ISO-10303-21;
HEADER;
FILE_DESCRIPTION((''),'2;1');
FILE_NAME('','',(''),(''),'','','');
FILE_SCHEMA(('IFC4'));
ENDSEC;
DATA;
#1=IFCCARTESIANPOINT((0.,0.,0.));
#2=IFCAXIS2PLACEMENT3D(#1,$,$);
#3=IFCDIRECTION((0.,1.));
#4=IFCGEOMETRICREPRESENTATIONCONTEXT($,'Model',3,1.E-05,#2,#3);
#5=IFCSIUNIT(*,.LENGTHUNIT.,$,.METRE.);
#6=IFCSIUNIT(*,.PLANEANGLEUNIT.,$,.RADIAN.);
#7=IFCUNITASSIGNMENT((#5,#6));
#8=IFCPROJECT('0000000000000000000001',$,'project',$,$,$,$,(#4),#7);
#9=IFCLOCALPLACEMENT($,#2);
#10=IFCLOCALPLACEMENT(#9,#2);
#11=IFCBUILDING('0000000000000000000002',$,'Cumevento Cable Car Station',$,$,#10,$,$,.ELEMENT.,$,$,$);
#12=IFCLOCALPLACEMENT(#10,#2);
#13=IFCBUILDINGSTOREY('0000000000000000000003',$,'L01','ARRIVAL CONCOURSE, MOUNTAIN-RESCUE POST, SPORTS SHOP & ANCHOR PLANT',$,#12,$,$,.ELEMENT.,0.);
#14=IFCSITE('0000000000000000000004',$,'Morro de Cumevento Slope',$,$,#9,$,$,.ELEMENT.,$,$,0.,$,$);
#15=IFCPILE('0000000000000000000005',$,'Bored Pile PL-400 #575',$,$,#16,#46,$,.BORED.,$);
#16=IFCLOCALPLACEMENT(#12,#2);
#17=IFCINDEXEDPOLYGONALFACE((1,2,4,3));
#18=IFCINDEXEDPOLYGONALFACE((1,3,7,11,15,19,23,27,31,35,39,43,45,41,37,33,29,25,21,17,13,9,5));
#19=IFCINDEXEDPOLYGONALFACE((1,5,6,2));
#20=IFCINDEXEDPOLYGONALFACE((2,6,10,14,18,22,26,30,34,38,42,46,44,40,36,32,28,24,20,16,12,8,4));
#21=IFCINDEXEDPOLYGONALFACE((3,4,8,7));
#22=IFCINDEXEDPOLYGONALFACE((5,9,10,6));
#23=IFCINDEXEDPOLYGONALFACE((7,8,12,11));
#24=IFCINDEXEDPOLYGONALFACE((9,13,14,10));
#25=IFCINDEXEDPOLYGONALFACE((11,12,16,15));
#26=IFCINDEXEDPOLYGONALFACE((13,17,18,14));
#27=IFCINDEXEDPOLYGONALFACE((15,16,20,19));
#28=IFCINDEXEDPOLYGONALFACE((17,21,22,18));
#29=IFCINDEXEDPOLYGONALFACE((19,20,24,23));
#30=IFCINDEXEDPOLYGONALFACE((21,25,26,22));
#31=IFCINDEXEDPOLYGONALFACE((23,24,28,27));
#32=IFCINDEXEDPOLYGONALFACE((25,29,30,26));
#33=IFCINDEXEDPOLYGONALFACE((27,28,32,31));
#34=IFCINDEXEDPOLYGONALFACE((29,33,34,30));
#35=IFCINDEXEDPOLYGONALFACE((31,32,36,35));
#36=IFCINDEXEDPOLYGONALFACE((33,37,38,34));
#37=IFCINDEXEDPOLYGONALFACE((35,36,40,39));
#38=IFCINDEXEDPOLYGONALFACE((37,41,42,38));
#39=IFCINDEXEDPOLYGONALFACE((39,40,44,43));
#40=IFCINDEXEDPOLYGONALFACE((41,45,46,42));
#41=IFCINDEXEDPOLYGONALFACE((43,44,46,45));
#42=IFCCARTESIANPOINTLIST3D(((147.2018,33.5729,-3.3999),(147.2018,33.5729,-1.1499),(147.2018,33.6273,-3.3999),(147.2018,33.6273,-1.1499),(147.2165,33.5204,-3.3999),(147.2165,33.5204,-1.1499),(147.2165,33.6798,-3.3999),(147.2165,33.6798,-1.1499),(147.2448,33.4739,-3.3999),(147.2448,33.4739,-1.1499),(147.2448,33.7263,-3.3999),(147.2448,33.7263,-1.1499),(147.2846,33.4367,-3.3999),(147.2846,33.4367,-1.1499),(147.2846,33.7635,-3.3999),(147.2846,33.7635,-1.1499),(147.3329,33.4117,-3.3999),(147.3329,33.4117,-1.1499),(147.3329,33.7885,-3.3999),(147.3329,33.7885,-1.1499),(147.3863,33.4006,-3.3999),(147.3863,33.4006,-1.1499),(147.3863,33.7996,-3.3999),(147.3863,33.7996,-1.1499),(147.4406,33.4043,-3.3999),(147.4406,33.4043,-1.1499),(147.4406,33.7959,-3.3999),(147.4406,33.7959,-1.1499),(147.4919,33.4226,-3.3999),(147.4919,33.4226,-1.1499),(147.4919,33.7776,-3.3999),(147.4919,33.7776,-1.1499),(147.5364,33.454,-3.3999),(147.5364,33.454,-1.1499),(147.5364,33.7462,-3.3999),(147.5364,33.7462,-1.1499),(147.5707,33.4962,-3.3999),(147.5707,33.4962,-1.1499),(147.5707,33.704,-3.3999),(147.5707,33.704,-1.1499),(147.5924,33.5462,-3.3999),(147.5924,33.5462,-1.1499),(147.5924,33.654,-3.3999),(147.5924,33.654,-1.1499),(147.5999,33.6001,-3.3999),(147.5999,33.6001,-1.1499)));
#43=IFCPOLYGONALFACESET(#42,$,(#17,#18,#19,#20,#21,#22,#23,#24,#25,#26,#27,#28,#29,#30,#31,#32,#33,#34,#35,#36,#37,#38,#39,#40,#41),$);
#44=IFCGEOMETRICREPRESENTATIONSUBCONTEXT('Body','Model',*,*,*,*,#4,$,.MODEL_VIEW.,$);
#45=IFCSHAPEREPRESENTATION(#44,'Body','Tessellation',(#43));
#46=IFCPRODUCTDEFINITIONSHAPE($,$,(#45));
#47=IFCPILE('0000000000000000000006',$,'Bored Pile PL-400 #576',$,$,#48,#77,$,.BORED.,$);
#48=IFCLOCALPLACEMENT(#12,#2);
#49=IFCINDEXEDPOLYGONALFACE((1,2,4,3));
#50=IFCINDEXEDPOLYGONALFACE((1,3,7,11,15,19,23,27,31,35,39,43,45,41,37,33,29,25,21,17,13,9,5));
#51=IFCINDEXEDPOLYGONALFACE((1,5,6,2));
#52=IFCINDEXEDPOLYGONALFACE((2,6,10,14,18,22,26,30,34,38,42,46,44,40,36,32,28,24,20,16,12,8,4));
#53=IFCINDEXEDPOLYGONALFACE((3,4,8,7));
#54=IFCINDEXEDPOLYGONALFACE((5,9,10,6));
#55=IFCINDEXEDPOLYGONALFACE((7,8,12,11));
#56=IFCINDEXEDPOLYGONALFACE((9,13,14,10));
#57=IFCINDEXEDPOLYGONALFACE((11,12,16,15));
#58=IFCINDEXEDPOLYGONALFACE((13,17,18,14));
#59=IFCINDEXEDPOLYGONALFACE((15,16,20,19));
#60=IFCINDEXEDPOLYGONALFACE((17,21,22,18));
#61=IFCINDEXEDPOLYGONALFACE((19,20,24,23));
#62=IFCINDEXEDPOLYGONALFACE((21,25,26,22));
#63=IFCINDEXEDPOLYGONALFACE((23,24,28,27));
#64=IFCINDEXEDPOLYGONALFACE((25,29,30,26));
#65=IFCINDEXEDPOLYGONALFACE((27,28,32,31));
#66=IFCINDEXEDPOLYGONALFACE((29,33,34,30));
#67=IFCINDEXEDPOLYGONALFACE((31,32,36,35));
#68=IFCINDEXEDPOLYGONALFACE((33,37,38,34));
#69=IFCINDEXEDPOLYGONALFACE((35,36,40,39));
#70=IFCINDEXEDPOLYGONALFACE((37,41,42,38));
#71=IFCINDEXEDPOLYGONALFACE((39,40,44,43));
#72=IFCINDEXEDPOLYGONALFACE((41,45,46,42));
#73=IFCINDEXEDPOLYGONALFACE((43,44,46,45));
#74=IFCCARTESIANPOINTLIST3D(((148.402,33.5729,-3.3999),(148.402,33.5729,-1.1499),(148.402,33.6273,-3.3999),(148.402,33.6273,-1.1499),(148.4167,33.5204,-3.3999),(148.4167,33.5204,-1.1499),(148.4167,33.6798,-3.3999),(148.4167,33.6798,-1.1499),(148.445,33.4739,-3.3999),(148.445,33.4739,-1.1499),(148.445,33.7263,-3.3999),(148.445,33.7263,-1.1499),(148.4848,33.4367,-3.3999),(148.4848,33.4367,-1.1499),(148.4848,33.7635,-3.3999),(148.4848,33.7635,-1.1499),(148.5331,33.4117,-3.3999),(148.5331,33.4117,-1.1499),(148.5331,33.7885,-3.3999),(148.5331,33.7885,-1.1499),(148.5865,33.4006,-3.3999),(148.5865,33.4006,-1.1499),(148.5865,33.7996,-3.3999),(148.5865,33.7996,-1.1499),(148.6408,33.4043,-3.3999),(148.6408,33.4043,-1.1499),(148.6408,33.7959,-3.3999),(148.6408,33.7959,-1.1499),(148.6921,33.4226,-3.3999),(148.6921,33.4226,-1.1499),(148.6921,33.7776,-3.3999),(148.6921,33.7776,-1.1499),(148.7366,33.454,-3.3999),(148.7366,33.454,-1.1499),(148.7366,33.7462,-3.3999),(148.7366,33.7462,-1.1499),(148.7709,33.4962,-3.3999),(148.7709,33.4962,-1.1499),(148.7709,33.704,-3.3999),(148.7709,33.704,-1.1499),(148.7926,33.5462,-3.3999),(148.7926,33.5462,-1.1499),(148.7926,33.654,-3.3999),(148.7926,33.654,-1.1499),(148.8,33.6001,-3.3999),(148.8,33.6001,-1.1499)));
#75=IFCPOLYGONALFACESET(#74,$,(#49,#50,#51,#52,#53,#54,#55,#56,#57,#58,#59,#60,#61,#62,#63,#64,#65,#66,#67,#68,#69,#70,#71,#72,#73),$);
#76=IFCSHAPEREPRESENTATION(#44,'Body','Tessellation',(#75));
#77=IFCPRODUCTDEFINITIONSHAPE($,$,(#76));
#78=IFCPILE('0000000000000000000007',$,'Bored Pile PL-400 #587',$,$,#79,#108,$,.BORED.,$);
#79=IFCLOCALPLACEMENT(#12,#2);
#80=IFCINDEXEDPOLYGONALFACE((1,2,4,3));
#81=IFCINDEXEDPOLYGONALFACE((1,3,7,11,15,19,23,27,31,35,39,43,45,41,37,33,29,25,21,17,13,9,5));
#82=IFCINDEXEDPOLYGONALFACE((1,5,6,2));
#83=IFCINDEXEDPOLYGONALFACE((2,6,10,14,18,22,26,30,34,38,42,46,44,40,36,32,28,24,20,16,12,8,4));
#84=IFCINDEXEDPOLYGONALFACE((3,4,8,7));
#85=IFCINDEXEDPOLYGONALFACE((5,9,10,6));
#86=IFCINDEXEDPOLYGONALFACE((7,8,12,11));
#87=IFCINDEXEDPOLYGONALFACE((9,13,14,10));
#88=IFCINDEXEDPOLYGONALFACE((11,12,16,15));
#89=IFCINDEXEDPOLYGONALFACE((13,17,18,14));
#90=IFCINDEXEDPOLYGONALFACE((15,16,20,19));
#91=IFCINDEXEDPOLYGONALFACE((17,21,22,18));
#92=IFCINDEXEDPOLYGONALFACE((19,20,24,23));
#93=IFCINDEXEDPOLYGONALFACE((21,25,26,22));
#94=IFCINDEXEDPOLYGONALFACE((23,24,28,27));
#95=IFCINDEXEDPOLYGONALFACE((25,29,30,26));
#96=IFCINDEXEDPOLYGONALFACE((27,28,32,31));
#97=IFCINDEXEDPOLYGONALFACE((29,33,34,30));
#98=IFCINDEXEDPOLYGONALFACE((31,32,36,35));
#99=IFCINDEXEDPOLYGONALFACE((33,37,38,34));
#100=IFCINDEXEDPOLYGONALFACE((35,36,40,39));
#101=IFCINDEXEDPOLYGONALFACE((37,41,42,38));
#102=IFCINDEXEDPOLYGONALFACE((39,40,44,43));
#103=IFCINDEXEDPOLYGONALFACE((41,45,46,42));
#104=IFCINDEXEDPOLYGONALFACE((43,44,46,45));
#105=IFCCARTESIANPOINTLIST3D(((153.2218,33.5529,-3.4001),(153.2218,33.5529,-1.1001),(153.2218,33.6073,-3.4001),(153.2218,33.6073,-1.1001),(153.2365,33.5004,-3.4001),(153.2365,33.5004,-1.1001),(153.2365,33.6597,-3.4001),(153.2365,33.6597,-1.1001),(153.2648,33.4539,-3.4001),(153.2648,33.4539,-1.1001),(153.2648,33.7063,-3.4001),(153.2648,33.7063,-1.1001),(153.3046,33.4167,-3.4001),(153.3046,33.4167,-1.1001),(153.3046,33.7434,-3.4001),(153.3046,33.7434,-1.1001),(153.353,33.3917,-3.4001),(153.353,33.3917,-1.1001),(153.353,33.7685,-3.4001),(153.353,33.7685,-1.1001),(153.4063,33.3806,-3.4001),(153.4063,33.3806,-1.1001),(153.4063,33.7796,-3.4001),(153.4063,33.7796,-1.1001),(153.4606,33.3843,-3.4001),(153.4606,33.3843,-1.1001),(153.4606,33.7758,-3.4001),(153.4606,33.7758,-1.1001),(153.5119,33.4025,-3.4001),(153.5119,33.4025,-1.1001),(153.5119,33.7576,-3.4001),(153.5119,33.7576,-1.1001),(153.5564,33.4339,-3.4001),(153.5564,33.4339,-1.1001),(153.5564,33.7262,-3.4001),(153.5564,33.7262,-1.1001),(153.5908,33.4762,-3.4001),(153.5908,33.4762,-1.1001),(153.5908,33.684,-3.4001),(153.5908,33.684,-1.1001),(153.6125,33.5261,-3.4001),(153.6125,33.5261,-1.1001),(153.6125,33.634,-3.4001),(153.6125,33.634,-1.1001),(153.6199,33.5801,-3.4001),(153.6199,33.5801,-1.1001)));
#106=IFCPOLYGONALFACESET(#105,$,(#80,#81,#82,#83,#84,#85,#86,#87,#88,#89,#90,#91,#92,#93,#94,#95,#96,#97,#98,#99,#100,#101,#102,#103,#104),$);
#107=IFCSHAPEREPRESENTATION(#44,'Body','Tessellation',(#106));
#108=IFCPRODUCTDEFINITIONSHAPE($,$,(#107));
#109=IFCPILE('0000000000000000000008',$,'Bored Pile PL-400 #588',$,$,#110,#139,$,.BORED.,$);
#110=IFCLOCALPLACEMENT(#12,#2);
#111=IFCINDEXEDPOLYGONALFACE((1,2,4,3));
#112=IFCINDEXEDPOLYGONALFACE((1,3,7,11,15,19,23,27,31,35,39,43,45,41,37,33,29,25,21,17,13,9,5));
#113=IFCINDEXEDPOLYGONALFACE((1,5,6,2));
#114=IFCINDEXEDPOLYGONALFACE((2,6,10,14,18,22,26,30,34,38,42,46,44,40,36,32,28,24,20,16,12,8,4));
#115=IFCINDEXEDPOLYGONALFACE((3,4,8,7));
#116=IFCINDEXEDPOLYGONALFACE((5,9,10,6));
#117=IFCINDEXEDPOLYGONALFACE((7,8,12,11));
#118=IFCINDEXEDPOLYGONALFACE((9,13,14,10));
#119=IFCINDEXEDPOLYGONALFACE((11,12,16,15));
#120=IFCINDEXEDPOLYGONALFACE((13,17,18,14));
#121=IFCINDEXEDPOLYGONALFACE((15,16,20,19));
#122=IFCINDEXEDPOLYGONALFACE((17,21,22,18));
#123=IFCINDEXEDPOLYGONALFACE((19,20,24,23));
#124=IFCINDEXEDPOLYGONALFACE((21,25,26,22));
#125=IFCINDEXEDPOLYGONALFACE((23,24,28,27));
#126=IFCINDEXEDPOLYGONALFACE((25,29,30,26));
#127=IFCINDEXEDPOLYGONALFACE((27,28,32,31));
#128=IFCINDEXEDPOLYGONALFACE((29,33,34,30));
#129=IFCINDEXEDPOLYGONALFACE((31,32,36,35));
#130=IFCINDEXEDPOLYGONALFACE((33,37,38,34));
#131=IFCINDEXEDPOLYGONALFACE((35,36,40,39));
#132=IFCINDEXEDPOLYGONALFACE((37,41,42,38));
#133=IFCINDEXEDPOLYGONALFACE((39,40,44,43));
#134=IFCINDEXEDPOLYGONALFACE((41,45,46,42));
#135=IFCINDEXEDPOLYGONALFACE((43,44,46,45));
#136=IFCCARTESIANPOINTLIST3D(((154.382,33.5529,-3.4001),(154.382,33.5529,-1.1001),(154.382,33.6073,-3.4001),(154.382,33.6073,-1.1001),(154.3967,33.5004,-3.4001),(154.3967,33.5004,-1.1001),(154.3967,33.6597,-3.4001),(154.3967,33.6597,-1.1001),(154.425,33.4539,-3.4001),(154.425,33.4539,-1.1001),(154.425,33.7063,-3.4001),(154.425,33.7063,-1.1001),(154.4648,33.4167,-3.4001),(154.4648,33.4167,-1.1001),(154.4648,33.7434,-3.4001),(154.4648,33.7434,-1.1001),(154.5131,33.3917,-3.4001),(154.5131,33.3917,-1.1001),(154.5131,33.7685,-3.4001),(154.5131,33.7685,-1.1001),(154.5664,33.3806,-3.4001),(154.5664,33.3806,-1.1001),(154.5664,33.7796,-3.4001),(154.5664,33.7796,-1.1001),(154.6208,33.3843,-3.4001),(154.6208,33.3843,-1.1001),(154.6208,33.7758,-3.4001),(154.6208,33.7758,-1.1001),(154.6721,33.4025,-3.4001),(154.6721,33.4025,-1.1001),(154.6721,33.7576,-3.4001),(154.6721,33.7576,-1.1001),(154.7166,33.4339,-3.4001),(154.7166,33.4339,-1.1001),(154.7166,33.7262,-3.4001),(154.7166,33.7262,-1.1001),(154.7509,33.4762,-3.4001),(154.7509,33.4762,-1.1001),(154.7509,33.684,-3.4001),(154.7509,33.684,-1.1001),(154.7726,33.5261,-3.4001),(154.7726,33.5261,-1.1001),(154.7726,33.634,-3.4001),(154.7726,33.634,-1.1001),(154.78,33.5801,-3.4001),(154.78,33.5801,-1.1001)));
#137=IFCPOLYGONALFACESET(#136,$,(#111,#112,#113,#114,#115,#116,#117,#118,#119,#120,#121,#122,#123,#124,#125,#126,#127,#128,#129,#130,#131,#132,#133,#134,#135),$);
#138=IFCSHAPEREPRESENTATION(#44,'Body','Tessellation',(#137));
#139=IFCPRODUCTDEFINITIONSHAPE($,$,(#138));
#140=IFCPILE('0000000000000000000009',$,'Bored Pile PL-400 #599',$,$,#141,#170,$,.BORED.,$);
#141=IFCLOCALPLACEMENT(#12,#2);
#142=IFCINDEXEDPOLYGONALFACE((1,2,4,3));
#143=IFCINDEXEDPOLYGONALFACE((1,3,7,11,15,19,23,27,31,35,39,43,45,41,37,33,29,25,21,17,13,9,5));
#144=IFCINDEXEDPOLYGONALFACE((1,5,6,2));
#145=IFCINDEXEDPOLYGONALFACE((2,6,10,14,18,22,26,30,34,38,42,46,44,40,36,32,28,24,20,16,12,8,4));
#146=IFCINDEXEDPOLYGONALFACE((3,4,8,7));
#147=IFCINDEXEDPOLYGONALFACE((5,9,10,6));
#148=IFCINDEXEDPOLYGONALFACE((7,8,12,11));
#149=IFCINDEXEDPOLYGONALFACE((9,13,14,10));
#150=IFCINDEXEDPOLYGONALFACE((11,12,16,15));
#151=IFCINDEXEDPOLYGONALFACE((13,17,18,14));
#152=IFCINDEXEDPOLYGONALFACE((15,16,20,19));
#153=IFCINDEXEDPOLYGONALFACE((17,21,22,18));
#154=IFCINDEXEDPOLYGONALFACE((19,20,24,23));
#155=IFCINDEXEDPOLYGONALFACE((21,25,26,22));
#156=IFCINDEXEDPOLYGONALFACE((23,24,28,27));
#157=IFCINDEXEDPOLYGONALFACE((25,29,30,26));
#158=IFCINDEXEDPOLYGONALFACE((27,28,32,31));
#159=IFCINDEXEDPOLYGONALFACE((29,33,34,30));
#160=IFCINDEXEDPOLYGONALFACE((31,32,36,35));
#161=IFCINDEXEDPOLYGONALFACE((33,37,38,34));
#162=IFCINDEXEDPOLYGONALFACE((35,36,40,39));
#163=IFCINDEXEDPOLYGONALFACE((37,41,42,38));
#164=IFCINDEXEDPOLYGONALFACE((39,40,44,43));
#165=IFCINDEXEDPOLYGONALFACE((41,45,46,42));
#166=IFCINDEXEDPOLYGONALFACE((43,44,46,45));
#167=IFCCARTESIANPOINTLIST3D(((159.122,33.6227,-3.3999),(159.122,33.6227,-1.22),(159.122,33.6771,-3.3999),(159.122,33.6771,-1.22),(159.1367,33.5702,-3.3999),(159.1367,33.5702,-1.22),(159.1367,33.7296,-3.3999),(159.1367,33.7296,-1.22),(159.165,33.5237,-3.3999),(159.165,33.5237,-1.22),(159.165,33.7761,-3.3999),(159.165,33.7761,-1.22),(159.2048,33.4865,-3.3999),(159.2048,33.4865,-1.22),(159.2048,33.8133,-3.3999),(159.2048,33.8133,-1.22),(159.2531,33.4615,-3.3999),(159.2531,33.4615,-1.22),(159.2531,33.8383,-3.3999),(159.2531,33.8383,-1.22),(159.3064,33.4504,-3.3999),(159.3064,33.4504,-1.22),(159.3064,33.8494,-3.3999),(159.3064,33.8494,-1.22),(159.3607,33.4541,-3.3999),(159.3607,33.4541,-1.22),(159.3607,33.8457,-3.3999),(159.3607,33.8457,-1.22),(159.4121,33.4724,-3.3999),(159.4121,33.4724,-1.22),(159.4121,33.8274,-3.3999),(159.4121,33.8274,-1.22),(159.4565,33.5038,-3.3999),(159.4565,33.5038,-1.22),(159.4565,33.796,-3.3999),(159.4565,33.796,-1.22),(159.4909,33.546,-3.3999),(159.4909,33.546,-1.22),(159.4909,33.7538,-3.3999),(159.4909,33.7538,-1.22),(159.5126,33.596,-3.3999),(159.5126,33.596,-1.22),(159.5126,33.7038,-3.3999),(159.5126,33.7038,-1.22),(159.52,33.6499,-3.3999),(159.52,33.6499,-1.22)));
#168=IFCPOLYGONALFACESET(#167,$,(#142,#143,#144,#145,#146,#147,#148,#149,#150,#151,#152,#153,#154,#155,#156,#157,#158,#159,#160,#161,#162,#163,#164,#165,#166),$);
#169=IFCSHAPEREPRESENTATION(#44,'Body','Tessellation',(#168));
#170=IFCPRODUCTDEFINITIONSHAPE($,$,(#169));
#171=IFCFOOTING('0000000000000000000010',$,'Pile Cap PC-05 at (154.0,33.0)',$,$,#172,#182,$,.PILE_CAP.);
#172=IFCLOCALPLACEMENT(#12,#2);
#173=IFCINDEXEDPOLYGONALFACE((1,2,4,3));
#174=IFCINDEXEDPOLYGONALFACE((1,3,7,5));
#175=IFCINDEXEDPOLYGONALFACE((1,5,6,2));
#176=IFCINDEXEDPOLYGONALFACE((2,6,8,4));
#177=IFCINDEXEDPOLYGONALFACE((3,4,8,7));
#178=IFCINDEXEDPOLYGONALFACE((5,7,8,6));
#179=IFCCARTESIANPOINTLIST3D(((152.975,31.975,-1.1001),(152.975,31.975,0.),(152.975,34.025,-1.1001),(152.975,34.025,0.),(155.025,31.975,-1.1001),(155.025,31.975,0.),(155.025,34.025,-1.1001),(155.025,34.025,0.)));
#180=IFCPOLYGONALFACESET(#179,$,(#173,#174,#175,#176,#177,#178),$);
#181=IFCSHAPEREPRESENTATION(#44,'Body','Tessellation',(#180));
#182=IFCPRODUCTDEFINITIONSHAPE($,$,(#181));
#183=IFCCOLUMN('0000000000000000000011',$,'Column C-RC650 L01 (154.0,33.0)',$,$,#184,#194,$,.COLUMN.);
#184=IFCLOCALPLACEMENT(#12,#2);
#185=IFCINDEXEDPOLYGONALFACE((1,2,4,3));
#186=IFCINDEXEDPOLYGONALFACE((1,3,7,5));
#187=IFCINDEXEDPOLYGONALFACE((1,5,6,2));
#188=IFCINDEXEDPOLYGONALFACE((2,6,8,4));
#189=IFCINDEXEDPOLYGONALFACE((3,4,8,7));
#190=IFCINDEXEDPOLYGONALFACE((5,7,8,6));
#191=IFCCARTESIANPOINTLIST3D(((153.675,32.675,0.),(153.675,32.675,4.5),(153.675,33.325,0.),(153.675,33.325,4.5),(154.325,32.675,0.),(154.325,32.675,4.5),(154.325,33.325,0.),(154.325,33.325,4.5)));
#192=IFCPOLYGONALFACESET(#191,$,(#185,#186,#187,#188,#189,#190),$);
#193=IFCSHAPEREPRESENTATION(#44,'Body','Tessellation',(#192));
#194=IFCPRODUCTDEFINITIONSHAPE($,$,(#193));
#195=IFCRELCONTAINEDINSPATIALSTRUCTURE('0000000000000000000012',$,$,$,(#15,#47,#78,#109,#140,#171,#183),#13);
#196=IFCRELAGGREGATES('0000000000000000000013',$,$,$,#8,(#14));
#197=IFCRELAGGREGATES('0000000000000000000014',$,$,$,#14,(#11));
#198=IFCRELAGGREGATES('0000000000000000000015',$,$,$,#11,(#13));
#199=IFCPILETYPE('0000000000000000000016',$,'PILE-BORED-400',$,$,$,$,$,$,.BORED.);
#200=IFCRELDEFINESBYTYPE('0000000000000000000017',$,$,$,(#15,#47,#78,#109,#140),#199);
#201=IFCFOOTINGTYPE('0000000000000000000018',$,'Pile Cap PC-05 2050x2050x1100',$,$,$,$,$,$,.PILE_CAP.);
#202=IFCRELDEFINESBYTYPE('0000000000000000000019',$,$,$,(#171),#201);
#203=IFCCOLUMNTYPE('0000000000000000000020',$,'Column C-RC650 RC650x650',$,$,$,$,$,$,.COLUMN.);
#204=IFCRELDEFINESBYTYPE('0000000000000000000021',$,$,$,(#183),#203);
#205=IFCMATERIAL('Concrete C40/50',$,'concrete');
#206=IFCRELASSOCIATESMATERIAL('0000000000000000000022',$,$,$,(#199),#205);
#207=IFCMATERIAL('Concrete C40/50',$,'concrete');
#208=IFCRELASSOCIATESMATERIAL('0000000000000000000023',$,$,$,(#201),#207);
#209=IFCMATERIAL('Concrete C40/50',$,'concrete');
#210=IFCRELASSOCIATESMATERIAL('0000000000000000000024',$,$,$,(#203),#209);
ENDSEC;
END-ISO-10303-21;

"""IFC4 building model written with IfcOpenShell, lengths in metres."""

from ifc_helpers import new_model, si_unit, direction, frame, origin, origin_2d, place, context, subcontext, project, spatial, rectangle, circle, extrude, material, material_profile, profile_set, type_object, element, save


model = new_model("IFC4")

# Units and contexts
model_context = context("Model", 3, precision=1e-05, world=origin(), true_north=direction((0.0, 1.0)))
body_context = subcontext(model_context, "Body", "Model", "MODEL_VIEW")
ifc_project = project(units=[si_unit("LENGTHUNIT", "METRE"), si_unit("PLANEANGLEUNIT", "RADIAN")], contexts=[model_context])

# Site, building, storey
site_placement = place(None, origin())
site = spatial("IfcSite", under=ifc_project, at=site_placement, Name="Morro de Cumevento Slope", CompositionType="ELEMENT", RefElevation=0.0)
building_placement = place(site_placement, origin())
building = spatial("IfcBuilding", under=site, at=building_placement, Name="Cumevento Cable Car Station", CompositionType="ELEMENT")
storey_placement = place(building_placement, origin())
storey = spatial("IfcBuildingStorey", under=building, at=storey_placement, Name="L01", Description="ARRIVAL CONCOURSE, MOUNTAIN-RESCUE POST, SPORTS SHOP & ANCHOR PLANT", CompositionType="ELEMENT", Elevation=0.0)

# Piles
ifc_material_1 = material(Name="Concrete C40/50", Category="concrete")
ifc_material_profile_1 = material_profile(ifc_material_1, circle(Radius=0.2, at=origin_2d()), Name="PILE-D400")
ifc_profile_set_1 = profile_set([ifc_material_profile_1], Name="Concrete C40/50")
pile_type = type_object("IfcPileType", Name="PILE-BORED-400", PredefinedType="BORED", material=ifc_profile_set_1)
for number, where, z_axis, x_axis, name in (
    (1, (147.3999, 33.6001, -1.1499), (0.0, 0.0, -1.0), (1.0, 0.0, 0.0), "Bored Pile PL-400 #575"),
    (2, (148.6001, 33.6001, -1.1499), (0.0, 0.0, -1.0), (1.0, 0.0, 0.0), "Bored Pile PL-400 #576"),
):
    element("IfcPile", number, at=place(storey_placement, frame(where, z_axis=z_axis, x_axis=x_axis)), inside=storey, type_object=pile_type, Name=name, PredefinedType="BORED", context=body_context, shape_type="SweptSolid", body=[
        extrude(circle(Radius=0.2, at=origin_2d()), origin(), (0.0, 0.0, 1.0), 2.25),
    ])
for number, where, z_axis, x_axis, name in (
    (3, (153.4199, 33.5801, -1.1001), (0.0, 0.0, -1.0), (1.0, 0.0, 0.0), "Bored Pile PL-400 #587"),
    (4, (154.5801, 33.5801, -1.1001), (0.0, 0.0, -1.0), (1.0, 0.0, 0.0), "Bored Pile PL-400 #588"),
):
    element("IfcPile", number, at=place(storey_placement, frame(where, z_axis=z_axis, x_axis=x_axis)), inside=storey, type_object=pile_type, Name=name, PredefinedType="BORED", context=body_context, shape_type="SweptSolid", body=[
        extrude(circle(Radius=0.2, at=origin_2d()), origin(), (0.0, 0.0, 1.0), 2.3),
    ])
pile_placement = place(storey_placement, frame((159.3201, 33.6499, -1.22), z_axis=(0.0, 0.0, -1.0), x_axis=(1.0, 0.0, 0.0)))
element("IfcPile", 5, at=pile_placement, inside=storey, type_object=pile_type, Name="Bored Pile PL-400 #599", PredefinedType="BORED", context=body_context, shape_type="SweptSolid", body=[
    extrude(circle(Radius=0.2, at=origin_2d()), origin(), (0.0, 0.0, 1.0), 2.1799),
])

# Footing
ifc_material_2 = material(Name="Concrete C40/50", Category="concrete")
footing_type = type_object("IfcFootingType", Name="Pile Cap PC-05 2050x2050x1100", PredefinedType="PILE_CAP", material=ifc_material_2)
footing_placement = place(storey_placement, frame((154.0, 33.0, -1.1001), z_axis=(0.0, 0.0, 1.0), x_axis=(1.0, 0.0, 0.0)))
element("IfcFooting", 6, at=footing_placement, inside=storey, type_object=footing_type, Name="Pile Cap PC-05 at (154.0,33.0)", PredefinedType="PILE_CAP", context=body_context, shape_type="SweptSolid", body=[
    extrude(rectangle(XDim=2.05, YDim=2.05, at=origin_2d()), origin(), (0.0, 0.0, 1.0), 1.1001),
])

# Column
ifc_material_3 = material(Name="Concrete C40/50", Category="concrete")
ifc_material_profile_2 = material_profile(ifc_material_3, rectangle(XDim=0.6499, YDim=0.6499, at=origin_2d()), Name="RC650x650")
ifc_profile_set_2 = profile_set([ifc_material_profile_2], Name="Concrete C40/50")
column_type = type_object("IfcColumnType", Name="Column C-RC650 RC650x650", PredefinedType="COLUMN", material=ifc_profile_set_2)
column_placement = place(storey_placement, frame((154.0, 33.0, 0.0), z_axis=(0.0, 0.0, 1.0), x_axis=(1.0, 0.0, 0.0)))
element("IfcColumn", 7, at=column_placement, inside=storey, type_object=column_type, Name="Column C-RC650 L01 (154.0,33.0)", PredefinedType="COLUMN", context=body_context, shape_type="SweptSolid", body=[
    extrude(rectangle(XDim=0.6499, YDim=0.6499, at=origin_2d()), origin(), (0.0, 0.0, 1.0), 4.5),
])

save(model, "model.ifc")
